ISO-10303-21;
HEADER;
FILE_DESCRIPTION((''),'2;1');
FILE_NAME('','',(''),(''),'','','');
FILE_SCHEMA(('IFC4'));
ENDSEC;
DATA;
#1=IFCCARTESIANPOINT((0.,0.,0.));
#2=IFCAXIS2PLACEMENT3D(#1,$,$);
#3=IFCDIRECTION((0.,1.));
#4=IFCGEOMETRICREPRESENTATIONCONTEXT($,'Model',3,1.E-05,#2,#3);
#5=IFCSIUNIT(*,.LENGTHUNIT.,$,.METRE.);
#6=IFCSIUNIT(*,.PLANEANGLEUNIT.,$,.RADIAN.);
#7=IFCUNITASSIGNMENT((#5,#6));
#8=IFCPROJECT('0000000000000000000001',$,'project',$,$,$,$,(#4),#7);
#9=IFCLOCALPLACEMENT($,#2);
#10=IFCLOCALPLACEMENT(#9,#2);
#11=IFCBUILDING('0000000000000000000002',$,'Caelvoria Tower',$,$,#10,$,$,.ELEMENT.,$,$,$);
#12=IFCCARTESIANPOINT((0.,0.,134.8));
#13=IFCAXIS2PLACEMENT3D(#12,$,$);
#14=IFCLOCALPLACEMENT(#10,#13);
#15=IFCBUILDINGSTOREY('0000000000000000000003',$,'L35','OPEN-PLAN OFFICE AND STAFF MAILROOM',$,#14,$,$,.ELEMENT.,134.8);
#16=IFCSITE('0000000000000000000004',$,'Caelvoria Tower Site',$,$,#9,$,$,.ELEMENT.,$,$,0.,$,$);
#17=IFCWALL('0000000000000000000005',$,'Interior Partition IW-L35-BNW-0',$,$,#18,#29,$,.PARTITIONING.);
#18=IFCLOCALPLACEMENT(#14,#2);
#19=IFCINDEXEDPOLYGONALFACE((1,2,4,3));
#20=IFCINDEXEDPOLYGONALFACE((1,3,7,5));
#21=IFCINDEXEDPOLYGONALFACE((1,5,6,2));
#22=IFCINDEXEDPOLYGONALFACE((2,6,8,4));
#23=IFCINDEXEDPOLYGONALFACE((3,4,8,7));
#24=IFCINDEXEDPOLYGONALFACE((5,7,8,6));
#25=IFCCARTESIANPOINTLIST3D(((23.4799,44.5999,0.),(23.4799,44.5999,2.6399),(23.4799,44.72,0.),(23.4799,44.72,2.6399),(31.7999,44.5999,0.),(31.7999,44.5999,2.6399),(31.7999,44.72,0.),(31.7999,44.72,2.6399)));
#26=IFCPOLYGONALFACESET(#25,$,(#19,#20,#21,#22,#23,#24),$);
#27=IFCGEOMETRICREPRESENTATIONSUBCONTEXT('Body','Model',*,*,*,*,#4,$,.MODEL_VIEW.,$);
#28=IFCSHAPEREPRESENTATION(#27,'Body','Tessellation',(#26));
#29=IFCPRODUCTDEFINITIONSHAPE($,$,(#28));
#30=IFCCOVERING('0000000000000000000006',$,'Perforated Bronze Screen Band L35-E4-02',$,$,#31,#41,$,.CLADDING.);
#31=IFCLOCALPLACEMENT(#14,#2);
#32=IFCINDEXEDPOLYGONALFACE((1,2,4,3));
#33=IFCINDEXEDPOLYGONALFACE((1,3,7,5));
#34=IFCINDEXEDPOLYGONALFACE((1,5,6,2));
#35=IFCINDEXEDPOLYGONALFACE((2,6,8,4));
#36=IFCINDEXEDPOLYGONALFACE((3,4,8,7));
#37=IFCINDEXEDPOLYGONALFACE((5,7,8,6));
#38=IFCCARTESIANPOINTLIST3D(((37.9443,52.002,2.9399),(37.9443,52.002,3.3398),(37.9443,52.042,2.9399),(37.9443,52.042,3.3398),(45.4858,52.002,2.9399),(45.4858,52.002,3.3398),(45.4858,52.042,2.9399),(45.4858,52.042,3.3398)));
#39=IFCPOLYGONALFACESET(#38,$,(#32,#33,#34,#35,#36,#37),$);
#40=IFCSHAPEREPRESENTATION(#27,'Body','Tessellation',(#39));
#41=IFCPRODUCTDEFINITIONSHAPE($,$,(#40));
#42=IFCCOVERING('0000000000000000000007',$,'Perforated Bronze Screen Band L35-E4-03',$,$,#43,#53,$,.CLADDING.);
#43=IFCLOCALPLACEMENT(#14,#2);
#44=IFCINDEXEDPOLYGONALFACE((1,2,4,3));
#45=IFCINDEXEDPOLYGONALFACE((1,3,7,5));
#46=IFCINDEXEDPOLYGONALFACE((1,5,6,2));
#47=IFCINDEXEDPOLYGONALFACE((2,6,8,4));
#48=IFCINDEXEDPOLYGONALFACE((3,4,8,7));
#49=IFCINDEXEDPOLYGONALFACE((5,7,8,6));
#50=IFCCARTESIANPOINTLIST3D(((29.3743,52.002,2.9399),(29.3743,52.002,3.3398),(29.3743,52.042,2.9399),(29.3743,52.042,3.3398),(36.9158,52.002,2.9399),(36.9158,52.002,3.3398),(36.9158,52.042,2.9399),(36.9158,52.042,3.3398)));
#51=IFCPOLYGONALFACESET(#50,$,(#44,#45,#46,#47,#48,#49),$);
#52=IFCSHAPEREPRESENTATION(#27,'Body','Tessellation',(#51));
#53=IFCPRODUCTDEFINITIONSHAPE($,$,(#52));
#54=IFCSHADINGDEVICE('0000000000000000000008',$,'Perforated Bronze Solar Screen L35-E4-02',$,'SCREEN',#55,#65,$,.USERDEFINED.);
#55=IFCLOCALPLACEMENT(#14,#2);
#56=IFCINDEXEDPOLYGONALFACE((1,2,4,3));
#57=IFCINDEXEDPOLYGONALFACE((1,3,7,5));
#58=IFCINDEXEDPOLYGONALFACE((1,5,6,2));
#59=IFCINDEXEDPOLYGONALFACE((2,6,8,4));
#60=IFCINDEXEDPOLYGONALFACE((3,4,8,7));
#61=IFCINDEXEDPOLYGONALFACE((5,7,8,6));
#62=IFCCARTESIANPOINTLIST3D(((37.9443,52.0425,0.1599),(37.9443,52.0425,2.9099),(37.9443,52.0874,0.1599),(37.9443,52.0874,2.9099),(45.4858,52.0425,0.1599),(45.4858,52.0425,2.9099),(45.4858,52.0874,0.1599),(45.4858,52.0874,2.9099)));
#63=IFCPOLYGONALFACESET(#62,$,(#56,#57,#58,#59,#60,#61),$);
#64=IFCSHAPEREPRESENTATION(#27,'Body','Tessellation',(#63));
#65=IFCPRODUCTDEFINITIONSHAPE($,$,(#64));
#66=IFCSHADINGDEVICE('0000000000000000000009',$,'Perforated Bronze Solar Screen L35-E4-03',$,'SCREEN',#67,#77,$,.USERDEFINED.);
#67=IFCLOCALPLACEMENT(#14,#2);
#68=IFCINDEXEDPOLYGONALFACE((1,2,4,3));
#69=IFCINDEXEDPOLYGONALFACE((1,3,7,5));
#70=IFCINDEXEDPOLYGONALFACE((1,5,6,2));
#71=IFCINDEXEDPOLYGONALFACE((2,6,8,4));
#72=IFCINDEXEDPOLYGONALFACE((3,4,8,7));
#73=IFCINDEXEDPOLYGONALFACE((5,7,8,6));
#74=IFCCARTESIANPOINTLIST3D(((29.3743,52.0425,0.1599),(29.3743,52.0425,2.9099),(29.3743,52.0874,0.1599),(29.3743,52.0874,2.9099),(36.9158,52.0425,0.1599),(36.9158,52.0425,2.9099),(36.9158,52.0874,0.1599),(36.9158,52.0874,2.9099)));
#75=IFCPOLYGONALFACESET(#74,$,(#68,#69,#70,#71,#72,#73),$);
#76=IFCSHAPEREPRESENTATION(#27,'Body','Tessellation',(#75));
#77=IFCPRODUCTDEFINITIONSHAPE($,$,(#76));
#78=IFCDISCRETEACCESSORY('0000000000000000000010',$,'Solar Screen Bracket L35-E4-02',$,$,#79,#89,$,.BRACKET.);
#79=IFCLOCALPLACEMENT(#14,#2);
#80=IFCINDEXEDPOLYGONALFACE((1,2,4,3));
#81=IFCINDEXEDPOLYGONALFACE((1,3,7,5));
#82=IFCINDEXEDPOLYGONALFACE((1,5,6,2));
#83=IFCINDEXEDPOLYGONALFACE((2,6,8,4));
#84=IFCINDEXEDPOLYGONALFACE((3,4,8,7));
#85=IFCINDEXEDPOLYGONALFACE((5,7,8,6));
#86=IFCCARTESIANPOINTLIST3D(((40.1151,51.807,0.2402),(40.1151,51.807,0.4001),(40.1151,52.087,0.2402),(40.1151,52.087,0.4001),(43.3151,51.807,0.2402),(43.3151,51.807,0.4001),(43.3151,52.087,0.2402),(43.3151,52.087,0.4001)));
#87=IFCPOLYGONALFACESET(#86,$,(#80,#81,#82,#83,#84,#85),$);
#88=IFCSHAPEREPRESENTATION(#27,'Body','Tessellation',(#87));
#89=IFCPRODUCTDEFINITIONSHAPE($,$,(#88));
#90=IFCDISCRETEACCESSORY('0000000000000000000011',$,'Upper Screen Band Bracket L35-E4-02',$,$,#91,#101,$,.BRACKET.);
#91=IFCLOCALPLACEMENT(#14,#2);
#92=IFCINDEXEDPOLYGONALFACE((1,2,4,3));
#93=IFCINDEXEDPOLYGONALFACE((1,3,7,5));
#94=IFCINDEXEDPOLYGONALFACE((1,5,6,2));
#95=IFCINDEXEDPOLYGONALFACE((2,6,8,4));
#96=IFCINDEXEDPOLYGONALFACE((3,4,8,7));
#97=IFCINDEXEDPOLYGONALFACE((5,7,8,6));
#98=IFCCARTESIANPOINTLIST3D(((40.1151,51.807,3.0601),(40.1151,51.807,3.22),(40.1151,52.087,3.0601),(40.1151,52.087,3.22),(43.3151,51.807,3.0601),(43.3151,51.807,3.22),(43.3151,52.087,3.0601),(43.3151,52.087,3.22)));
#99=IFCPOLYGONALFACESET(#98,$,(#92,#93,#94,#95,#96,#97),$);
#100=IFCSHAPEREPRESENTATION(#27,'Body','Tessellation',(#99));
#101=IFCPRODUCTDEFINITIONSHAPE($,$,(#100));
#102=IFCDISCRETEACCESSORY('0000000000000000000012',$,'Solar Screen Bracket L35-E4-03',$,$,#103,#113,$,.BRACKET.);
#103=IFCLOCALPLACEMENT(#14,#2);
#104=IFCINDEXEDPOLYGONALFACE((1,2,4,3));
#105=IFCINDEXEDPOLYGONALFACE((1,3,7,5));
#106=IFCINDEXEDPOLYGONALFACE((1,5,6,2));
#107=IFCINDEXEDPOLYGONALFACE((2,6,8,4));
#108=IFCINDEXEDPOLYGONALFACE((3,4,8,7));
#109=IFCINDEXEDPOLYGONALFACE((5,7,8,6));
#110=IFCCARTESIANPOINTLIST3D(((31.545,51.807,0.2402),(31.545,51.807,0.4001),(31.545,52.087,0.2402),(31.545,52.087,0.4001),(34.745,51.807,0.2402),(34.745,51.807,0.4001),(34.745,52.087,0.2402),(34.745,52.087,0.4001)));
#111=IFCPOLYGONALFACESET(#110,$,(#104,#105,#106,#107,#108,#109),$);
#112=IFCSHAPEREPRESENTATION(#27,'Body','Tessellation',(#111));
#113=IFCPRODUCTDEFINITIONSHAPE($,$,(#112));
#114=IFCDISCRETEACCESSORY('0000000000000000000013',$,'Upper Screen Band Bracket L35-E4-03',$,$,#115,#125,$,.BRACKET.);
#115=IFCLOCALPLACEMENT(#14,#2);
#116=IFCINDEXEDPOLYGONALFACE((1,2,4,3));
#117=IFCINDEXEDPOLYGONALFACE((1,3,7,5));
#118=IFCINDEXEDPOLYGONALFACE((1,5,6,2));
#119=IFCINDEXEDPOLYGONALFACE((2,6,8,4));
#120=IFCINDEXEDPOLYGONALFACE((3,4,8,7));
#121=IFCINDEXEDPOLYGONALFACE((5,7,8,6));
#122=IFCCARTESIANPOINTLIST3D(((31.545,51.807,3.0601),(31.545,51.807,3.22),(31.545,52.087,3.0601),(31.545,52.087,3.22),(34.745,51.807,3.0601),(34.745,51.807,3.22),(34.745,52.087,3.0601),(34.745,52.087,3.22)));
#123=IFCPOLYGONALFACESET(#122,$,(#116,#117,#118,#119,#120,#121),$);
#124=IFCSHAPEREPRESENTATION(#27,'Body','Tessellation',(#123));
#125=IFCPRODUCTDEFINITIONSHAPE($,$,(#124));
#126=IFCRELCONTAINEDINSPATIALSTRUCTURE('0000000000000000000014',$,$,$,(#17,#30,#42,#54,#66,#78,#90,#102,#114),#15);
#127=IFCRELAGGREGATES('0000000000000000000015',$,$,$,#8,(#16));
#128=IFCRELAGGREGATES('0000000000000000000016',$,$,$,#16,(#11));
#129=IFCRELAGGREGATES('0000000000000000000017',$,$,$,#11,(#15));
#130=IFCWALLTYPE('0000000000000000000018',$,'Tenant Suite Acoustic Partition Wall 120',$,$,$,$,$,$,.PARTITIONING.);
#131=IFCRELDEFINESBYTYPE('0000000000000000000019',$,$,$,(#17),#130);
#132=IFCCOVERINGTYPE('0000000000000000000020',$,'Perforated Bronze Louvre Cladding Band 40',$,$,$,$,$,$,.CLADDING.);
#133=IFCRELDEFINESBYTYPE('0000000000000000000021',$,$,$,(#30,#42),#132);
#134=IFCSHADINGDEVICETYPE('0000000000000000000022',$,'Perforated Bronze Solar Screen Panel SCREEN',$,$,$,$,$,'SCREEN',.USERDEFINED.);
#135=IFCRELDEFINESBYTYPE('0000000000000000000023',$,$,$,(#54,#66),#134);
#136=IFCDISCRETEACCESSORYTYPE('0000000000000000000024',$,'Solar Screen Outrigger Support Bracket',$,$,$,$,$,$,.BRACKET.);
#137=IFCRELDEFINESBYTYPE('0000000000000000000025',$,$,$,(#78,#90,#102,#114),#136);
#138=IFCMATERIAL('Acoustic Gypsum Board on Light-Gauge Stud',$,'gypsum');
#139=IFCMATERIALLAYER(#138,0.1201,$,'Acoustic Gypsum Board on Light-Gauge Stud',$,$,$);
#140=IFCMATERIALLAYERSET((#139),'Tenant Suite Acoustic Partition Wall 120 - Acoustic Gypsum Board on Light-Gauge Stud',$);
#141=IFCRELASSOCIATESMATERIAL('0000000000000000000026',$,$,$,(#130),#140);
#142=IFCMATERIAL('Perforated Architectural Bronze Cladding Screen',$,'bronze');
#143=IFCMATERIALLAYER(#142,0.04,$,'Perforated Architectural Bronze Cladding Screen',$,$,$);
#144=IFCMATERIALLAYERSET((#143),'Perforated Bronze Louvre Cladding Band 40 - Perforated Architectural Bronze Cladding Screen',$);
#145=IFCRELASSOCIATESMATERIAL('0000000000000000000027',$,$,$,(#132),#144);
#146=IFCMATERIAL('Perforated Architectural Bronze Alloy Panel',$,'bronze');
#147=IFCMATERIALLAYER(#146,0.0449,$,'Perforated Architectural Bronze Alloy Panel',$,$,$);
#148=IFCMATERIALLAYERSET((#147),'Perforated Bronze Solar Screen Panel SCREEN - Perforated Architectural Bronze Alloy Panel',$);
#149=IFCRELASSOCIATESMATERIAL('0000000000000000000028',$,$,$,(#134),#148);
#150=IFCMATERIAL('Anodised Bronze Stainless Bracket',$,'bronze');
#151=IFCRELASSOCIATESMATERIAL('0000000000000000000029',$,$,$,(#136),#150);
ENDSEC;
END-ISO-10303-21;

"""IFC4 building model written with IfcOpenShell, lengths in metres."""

from ifc_helpers import new_model, si_unit, direction, frame, frame_2d, origin, origin_2d, place, context, subcontext, project, spatial, rectangle, extrude, material, layer, layer_set, type_object, element, save


model = new_model("IFC4")

# Units and contexts
model_context = context("Model", 3, precision=1e-05, world=origin(), true_north=direction((0.0, 1.0)))
body_context = subcontext(model_context, "Body", "Model", "MODEL_VIEW")
ifc_project = project(units=[si_unit("LENGTHUNIT", "METRE"), si_unit("PLANEANGLEUNIT", "RADIAN")], contexts=[model_context])

# Site, building, storey
site_placement = place(None, origin())
site = spatial("IfcSite", under=ifc_project, at=site_placement, Name="Caelvoria Tower Site", CompositionType="ELEMENT", RefElevation=0.0)
building_placement = place(site_placement, origin())
building = spatial("IfcBuilding", under=site, at=building_placement, Name="Caelvoria Tower", CompositionType="ELEMENT")
storey_placement = place(building_placement, frame((0.0, 0.0, 134.8)))
storey = spatial("IfcBuildingStorey", under=building, at=storey_placement, Name="L35", Description="OPEN-PLAN OFFICE AND STAFF MAILROOM", CompositionType="ELEMENT", Elevation=134.8)

# Shared definitions
ifc_material_1 = material(Name="Acoustic Gypsum Board on Light-Gauge Stud", Category="gypsum")
ifc_layer_1 = layer(ifc_material_1, 0.1201, Name="Acoustic Gypsum Board on Light-Gauge Stud")
ifc_layer_set_1 = layer_set([ifc_layer_1], Name="Tenant Suite Acoustic Partition Wall 120 - Acoustic Gypsum Board on Light-Gauge Stud")
wall_type = type_object("IfcWallType", Name="Tenant Suite Acoustic Partition Wall 120", PredefinedType="PARTITIONING", material=ifc_layer_set_1)

# Wall
wall_1_placement = place(storey_placement, frame((31.8, 44.6599, 0.0), z_axis=(0.0, 0.0, 1.0), x_axis=(-1.0, 0.0, 0.0)))
element("IfcWall", 1, at=wall_1_placement, inside=storey, type_object=wall_type, Name="Interior Partition IW-L35-BNW-0", PredefinedType="PARTITIONING", context=body_context, shape_type="SweptSolid", body=[
    extrude(rectangle(XDim=8.3201, YDim=0.1201, at=frame_2d((4.1602, 0.0))), origin(), (0.0, 0.0, 1.0), 2.6399),
])

# Coverings
ifc_material_2 = material(Name="Perforated Architectural Bronze Cladding Screen", Category="bronze")
ifc_layer_2 = layer(ifc_material_2, 0.04, Name="Perforated Architectural Bronze Cladding Screen")
ifc_layer_set_2 = layer_set([ifc_layer_2], Name="Perforated Bronze Louvre Cladding Band 40 - Perforated Architectural Bronze Cladding Screen")
covering_type = type_object("IfcCoveringType", Name="Perforated Bronze Louvre Cladding Band 40", PredefinedType="CLADDING", material=ifc_layer_set_2)
for number, where, z_axis, x_axis, name in (
    (2, (41.7151, 52.022, 2.9399), (0.0, 0.0, 1.0), (-1.0, 0.0, 0.0), "Perforated Bronze Screen Band L35-E4-02"),
    (3, (33.145, 52.022, 2.9399), (0.0, 0.0, 1.0), (-1.0, 0.0, 0.0), "Perforated Bronze Screen Band L35-E4-03"),
):
    element("IfcCovering", number, at=place(storey_placement, frame(where, z_axis=z_axis, x_axis=x_axis)), inside=storey, type_object=covering_type, Name=name, PredefinedType="CLADDING", context=body_context, shape_type="SweptSolid", body=[
        extrude(rectangle(XDim=7.5415, YDim=0.04, at=origin_2d()), origin(), (0.0, 0.0, 1.0), 0.3999),
    ])

# Shading devices
ifc_material_3 = material(Name="Perforated Architectural Bronze Alloy Panel", Category="bronze")
ifc_layer_3 = layer(ifc_material_3, 0.0449, Name="Perforated Architectural Bronze Alloy Panel")
ifc_layer_set_3 = layer_set([ifc_layer_3], Name="Perforated Bronze Solar Screen Panel SCREEN - Perforated Architectural Bronze Alloy Panel")
shading_device_type = type_object("IfcShadingDeviceType", Name="Perforated Bronze Solar Screen Panel SCREEN", ElementType="SCREEN", PredefinedType="USERDEFINED", material=ifc_layer_set_3)
for number, where, z_axis, x_axis, name in (
    (4, (41.7151, 52.0649, 0.1599), (0.0, 0.0, 1.0), (-1.0, 0.0, 0.0), "Perforated Bronze Solar Screen L35-E4-02"),
    (5, (33.145, 52.0649, 0.1599), (0.0, 0.0, 1.0), (-1.0, 0.0, 0.0), "Perforated Bronze Solar Screen L35-E4-03"),
):
    element("IfcShadingDevice", number, at=place(storey_placement, frame(where, z_axis=z_axis, x_axis=x_axis)), inside=storey, type_object=shading_device_type, Name=name, ObjectType="SCREEN", PredefinedType="USERDEFINED", context=body_context, shape_type="SweptSolid", body=[
        extrude(rectangle(XDim=7.5415, YDim=0.0449, at=origin_2d()), origin(), (0.0, 0.0, 1.0), 2.75),
    ])

# Discrete accessories
ifc_material_4 = material(Name="Anodised Bronze Stainless Bracket", Category="bronze")
discrete_accessory_type = type_object("IfcDiscreteAccessoryType", Name="Solar Screen Outrigger Support Bracket", PredefinedType="BRACKET", material=ifc_material_4)
for number, where, z_axis, x_axis, name in (
    (6, (41.7151, 51.947, 0.2402), (0.0, 0.0, 1.0), (-1.0, 0.0, 0.0), "Solar Screen Bracket L35-E4-02"),
    (7, (41.7151, 51.947, 3.0601), (0.0, 0.0, 1.0), (-1.0, 0.0, 0.0), "Upper Screen Band Bracket L35-E4-02"),
    (8, (33.145, 51.947, 0.2402), (0.0, 0.0, 1.0), (-1.0, 0.0, 0.0), "Solar Screen Bracket L35-E4-03"),
    (9, (33.145, 51.947, 3.0601), (0.0, 0.0, 1.0), (-1.0, 0.0, 0.0), "Upper Screen Band Bracket L35-E4-03"),
):
    element("IfcDiscreteAccessory", number, at=place(storey_placement, frame(where, z_axis=z_axis, x_axis=x_axis)), inside=storey, type_object=discrete_accessory_type, Name=name, PredefinedType="BRACKET", context=body_context, shape_type="SweptSolid", body=[
        extrude(rectangle(XDim=3.2, YDim=0.28, at=origin_2d()), origin(), (0.0, 0.0, 1.0), 0.1599),
    ])

save(model, "model.ifc")
